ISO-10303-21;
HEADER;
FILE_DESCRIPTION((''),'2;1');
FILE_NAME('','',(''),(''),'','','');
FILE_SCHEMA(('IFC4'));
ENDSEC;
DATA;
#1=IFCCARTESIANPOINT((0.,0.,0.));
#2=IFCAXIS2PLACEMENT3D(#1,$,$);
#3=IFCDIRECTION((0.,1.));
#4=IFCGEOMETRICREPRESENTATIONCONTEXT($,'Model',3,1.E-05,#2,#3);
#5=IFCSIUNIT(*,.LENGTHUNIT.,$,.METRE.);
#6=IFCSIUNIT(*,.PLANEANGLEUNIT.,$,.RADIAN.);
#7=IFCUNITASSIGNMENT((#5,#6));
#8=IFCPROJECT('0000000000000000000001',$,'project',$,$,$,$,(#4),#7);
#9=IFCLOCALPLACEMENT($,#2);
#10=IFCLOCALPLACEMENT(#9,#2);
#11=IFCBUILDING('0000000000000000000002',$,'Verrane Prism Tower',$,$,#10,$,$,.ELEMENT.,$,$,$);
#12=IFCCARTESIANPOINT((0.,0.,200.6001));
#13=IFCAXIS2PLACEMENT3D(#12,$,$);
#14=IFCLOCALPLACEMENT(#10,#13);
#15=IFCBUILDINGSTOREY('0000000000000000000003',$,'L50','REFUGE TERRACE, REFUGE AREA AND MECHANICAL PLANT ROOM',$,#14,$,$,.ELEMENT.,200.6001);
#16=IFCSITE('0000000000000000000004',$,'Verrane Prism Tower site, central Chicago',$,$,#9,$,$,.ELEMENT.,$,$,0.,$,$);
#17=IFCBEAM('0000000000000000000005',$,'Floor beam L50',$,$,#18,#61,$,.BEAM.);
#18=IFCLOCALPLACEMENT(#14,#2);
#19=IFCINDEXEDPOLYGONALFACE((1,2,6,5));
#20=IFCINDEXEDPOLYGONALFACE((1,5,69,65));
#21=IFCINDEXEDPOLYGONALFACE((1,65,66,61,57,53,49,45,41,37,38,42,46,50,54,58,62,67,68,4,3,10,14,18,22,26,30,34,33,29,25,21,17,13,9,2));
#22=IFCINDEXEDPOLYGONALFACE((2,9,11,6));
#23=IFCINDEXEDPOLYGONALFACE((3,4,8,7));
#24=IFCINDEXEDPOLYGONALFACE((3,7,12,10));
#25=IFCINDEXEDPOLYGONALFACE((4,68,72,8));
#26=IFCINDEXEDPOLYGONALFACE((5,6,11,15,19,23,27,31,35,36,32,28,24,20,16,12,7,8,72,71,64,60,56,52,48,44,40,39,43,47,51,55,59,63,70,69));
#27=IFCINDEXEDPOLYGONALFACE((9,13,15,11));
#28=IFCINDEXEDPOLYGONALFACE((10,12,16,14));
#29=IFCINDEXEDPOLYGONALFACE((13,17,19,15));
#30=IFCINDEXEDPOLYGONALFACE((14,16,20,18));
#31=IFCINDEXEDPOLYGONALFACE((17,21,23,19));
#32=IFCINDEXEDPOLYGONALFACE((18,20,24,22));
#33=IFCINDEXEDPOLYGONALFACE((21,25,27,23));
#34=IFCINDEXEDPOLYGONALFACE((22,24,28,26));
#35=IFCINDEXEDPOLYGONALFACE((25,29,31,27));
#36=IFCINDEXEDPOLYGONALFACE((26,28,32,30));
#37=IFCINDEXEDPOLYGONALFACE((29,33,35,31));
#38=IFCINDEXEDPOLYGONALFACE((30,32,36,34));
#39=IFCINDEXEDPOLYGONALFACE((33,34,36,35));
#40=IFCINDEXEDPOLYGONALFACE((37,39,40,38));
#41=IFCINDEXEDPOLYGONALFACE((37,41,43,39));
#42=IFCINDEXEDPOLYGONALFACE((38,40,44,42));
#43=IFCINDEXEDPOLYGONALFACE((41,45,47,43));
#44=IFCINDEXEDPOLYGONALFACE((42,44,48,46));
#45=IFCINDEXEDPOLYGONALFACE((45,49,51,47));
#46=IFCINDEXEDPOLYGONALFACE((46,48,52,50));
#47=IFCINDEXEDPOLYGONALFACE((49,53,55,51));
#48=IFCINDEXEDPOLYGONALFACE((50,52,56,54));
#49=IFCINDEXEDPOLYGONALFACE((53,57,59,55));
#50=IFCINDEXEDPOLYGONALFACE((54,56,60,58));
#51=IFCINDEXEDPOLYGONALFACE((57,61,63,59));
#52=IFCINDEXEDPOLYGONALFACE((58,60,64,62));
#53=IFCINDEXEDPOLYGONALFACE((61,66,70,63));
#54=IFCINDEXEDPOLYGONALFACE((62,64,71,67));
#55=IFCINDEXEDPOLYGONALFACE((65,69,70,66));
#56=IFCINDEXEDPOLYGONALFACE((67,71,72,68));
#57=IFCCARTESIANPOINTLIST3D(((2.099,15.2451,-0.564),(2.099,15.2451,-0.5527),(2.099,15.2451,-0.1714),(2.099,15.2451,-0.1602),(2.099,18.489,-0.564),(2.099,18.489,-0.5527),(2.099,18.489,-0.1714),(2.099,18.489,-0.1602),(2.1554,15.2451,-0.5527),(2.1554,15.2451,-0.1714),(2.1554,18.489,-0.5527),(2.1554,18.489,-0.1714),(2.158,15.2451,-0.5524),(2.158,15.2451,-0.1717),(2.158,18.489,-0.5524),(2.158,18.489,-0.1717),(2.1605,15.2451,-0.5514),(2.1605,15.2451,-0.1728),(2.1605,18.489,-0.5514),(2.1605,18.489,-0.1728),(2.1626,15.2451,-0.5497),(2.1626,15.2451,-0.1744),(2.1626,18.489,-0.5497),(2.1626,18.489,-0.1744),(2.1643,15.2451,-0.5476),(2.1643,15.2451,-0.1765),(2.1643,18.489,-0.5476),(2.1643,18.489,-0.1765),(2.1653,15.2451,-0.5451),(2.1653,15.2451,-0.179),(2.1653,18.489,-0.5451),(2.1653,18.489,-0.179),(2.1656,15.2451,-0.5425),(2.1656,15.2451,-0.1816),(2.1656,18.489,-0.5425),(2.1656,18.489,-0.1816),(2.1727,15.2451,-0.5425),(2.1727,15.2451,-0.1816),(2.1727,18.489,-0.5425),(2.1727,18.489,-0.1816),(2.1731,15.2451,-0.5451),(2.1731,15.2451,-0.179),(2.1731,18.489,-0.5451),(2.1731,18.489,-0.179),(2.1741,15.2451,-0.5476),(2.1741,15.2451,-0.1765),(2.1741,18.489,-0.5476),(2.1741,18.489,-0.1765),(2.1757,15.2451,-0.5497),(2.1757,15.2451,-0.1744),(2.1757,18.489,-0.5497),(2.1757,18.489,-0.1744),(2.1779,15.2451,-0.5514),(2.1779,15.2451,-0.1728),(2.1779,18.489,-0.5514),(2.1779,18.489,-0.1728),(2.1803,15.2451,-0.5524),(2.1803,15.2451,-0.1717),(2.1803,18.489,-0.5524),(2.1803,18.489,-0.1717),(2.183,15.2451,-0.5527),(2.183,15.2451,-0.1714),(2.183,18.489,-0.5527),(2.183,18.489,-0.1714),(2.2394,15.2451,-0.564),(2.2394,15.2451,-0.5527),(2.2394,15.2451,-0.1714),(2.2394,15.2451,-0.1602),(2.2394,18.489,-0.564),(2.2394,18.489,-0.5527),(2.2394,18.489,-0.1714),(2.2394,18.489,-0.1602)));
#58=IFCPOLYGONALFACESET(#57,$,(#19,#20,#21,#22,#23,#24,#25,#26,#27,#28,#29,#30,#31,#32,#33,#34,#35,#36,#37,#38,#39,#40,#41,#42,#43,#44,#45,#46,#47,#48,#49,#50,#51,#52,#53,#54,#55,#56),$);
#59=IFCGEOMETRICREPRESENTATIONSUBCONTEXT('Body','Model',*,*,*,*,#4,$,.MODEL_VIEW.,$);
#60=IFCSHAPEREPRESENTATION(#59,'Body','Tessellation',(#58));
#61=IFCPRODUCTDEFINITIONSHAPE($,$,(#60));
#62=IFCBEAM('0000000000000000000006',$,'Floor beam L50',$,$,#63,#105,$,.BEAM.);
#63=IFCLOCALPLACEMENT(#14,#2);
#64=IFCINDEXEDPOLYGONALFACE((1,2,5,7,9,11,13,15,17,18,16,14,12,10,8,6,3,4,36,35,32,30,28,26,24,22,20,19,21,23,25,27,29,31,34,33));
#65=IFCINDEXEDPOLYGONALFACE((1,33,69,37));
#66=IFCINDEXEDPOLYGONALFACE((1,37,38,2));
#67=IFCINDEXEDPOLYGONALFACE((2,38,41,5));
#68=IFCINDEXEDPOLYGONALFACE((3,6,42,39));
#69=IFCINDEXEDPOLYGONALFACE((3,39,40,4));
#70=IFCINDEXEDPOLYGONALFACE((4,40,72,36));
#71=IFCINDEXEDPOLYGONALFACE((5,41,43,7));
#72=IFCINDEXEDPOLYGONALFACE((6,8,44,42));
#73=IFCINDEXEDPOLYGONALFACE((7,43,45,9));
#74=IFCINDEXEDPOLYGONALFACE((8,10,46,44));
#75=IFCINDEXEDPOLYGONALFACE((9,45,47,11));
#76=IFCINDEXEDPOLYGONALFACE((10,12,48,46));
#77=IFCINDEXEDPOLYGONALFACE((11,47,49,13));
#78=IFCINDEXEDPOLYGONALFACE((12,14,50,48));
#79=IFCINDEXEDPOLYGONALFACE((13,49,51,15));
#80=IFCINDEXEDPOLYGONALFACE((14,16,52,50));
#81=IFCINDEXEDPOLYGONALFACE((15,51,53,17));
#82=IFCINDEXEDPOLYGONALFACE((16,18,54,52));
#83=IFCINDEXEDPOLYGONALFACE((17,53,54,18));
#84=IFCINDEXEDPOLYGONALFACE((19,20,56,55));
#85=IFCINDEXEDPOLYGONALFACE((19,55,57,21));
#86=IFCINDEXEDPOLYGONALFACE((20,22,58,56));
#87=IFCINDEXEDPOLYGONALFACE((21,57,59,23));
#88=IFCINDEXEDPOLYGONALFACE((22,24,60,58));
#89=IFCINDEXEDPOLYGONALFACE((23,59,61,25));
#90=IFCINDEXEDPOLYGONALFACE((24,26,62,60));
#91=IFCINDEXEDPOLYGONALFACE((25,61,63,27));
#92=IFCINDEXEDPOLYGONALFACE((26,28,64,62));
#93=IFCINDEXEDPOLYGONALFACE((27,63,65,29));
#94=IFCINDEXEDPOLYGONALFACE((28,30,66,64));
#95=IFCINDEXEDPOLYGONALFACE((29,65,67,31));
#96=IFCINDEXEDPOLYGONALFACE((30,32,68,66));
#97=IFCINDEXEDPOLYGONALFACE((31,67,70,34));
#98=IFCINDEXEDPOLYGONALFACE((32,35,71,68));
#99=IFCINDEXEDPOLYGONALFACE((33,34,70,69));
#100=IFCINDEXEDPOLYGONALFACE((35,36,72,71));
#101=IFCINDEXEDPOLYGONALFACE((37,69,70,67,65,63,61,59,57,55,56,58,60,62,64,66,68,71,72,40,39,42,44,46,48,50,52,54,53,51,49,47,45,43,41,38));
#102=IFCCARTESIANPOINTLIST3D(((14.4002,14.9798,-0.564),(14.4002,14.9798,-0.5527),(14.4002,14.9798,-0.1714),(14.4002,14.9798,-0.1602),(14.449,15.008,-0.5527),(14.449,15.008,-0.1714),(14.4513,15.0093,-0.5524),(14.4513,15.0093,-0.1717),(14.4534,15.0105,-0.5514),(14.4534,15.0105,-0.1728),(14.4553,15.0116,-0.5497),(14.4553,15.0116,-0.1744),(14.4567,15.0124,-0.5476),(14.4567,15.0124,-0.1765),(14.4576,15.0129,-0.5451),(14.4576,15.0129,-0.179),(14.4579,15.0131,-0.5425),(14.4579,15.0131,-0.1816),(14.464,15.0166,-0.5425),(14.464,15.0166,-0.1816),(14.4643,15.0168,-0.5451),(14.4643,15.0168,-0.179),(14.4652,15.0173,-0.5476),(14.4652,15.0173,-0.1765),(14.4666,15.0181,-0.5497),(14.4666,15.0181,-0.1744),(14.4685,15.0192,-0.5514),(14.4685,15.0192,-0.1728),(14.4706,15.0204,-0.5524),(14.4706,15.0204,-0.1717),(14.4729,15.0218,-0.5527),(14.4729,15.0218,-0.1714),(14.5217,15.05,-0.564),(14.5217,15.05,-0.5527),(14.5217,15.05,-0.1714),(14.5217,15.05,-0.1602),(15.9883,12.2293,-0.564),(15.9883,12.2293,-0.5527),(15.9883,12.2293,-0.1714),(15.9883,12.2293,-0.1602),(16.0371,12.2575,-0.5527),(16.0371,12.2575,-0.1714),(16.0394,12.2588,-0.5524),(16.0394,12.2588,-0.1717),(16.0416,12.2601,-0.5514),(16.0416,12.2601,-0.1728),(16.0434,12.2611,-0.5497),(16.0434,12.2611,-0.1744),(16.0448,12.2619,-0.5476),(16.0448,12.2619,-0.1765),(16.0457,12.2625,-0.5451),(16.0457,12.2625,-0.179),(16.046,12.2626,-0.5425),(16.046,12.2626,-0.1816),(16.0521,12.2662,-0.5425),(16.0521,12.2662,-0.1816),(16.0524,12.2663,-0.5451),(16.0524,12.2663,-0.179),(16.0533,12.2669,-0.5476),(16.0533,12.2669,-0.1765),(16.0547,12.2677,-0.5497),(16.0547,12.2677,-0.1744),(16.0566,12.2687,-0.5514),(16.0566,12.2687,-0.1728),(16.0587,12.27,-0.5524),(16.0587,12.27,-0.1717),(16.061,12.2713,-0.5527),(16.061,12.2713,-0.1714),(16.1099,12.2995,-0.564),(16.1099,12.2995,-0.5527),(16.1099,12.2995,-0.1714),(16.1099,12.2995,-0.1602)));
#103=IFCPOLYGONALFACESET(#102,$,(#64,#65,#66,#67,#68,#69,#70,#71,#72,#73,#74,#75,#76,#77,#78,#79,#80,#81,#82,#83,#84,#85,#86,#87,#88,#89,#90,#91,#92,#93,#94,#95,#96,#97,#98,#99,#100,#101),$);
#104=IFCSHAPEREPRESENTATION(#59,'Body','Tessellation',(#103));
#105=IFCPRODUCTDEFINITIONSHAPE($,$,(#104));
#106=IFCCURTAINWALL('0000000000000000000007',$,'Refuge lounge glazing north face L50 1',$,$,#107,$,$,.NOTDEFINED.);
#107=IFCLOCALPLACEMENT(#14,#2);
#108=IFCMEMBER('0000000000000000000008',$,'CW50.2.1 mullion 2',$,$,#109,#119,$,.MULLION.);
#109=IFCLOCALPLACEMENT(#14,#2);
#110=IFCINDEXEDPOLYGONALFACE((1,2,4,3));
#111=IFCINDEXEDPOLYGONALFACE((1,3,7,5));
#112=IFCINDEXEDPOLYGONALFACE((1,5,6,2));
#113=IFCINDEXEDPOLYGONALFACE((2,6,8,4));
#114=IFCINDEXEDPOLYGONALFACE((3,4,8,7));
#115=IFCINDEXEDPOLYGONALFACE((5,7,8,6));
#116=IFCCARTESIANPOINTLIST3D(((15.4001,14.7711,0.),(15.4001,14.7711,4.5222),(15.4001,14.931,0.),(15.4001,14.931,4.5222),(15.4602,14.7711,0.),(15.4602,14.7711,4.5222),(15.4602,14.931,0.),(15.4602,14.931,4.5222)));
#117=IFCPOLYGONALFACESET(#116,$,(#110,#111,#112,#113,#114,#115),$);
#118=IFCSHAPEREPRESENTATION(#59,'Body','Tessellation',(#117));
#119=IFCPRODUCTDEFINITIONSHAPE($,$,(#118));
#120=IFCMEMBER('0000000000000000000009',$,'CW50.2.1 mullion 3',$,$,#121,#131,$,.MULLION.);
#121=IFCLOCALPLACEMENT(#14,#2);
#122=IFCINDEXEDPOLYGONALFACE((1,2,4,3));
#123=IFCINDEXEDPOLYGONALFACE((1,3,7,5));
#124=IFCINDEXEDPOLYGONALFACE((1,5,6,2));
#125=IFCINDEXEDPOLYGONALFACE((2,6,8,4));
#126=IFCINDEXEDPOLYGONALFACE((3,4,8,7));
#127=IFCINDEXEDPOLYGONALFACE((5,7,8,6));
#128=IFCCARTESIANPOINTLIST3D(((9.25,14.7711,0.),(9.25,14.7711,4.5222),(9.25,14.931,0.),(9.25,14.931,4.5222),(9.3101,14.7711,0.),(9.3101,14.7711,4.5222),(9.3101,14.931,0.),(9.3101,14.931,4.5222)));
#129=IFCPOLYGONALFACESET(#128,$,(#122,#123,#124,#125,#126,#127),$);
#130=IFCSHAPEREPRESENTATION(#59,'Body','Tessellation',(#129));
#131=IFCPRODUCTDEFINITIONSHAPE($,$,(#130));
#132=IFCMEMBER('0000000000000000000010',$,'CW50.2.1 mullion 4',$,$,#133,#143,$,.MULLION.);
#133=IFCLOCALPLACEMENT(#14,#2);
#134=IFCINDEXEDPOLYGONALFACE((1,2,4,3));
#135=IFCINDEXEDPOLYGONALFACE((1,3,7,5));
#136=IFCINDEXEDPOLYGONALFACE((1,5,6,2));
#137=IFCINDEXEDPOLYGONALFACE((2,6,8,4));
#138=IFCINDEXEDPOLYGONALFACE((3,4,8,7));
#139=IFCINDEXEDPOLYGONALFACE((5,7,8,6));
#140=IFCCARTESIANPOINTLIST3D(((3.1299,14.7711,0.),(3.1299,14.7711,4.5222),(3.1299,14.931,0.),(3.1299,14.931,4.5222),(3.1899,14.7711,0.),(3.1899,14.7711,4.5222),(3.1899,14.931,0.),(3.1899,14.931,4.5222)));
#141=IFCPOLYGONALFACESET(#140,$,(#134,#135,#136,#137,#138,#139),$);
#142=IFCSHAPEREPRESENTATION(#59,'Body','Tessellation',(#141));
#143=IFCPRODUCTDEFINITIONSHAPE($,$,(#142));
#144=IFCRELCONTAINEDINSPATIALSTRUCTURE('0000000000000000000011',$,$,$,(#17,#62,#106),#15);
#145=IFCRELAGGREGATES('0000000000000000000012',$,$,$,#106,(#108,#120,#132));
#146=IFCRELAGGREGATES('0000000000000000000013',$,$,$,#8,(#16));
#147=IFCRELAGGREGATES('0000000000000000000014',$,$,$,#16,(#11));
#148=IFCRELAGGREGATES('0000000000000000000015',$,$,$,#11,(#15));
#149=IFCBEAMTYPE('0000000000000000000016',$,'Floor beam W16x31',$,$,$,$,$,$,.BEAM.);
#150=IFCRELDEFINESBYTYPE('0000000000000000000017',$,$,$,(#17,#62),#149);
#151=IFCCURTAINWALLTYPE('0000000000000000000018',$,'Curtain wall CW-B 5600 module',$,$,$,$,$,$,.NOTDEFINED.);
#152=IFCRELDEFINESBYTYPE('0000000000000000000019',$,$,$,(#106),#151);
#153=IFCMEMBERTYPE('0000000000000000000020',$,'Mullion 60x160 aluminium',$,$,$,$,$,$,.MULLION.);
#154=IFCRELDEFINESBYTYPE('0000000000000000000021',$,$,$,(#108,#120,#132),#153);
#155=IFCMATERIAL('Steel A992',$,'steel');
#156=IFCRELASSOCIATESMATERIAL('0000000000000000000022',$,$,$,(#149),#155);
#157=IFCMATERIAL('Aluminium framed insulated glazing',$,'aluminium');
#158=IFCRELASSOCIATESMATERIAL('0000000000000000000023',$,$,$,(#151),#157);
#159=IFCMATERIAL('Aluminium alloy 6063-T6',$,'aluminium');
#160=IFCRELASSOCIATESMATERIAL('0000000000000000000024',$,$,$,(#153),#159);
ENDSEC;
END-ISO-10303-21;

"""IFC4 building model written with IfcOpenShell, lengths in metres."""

from ifc_helpers import new_model, si_unit, direction, frame, origin, origin_2d, place, context, subcontext, project, spatial, rectangle, i_section, extrude, material, material_profile, profile_set, type_object, element, aggregate, save


model = new_model("IFC4")

# Units and contexts
model_context = context("Model", 3, precision=1e-05, world=origin(), true_north=direction((0.0, 1.0)))
body_context = subcontext(model_context, "Body", "Model", "MODEL_VIEW")
ifc_project = project(units=[si_unit("LENGTHUNIT", "METRE"), si_unit("PLANEANGLEUNIT", "RADIAN")], contexts=[model_context])

# Site, building, storey
site_placement = place(None, origin())
site = spatial("IfcSite", under=ifc_project, at=site_placement, Name="Verrane Prism Tower site, central Chicago", CompositionType="ELEMENT", RefElevation=0.0)
building_placement = place(site_placement, origin())
building = spatial("IfcBuilding", under=site, at=building_placement, Name="Verrane Prism Tower", CompositionType="ELEMENT")
storey_placement = place(building_placement, frame((0.0, 0.0, 200.6001)))
storey = spatial("IfcBuildingStorey", under=building, at=storey_placement, Name="L50", Description="REFUGE TERRACE, REFUGE AREA AND MECHANICAL PLANT ROOM", CompositionType="ELEMENT", Elevation=200.6001)

# Beams
ifc_material_1 = material(Name="Steel A992", Category="steel")
ifc_material_profile_1 = material_profile(ifc_material_1, i_section(OverallWidth=0.1404, OverallDepth=0.4038, WebThickness=0.0071, FlangeThickness=0.0112, FilletRadius=0.0103, at=origin_2d()), Name="W16x31")
ifc_profile_set_1 = profile_set([ifc_material_profile_1], Name="Steel A992")
beam_type_1 = type_object("IfcBeamType", Name="Floor beam W16x31", PredefinedType="BEAM", material=ifc_profile_set_1)
for number, where, z_axis, x_axis, name in (
    (1, (2.1692, 15.2451, -0.3621), (0.0, 1.0, 0.0), (-1.0, 0.0, 0.0), "Floor beam L50"),
):
    element("IfcBeam", number, at=place(storey_placement, frame(where, z_axis=z_axis, x_axis=x_axis)), inside=storey, type_object=beam_type_1, Name=name, PredefinedType="BEAM", context=body_context, shape_type="SweptSolid", body=[
        extrude(i_section(OverallWidth=0.1404, OverallDepth=0.4038, WebThickness=0.0071, FlangeThickness=0.0112, FilletRadius=0.0103, at=origin_2d()), origin(), (0.0, 0.0, 1.0), 3.2439),
    ])
beam_1_placement = place(storey_placement, frame((16.0491, 12.2644, -0.3621), z_axis=(-0.500033, 0.866006, 0.0), x_axis=(-0.866006, -0.500033, 0.0)))
element("IfcBeam", 2, at=beam_1_placement, inside=storey, type_object=beam_type_1, Name="Floor beam L50", PredefinedType="BEAM", context=body_context, shape_type="SweptSolid", body=[
    extrude(i_section(OverallWidth=0.1404, OverallDepth=0.4038, WebThickness=0.0071, FlangeThickness=0.0112, FilletRadius=0.0103, at=origin_2d()), origin(), (0.0, 0.0, 1.0), 3.176),
])

# Curtain wall, members
ifc_material_2 = material(Name="Aluminium framed insulated glazing", Category="aluminium")
curtain_wall_type = type_object("IfcCurtainWallType", Name="Curtain wall CW-B 5600 module", PredefinedType="NOTDEFINED", material=ifc_material_2)
curtain_wall_placement = place(storey_placement, origin())
curtain_wall = element("IfcCurtainWall", 3, at=curtain_wall_placement, inside=storey, type_object=curtain_wall_type, Name="Refuge lounge glazing north face L50 1", PredefinedType="NOTDEFINED")
ifc_material_3 = material(Name="Aluminium alloy 6063-T6", Category="aluminium")
ifc_material_profile_2 = material_profile(ifc_material_3, rectangle(XDim=0.1599, YDim=0.0601, at=origin_2d()), Name="Mullion 60x160 aluminium")
ifc_profile_set_2 = profile_set([ifc_material_profile_2], Name="Aluminium alloy 6063-T6")
member_type_1 = type_object("IfcMemberType", Name="Mullion 60x160 aluminium", PredefinedType="MULLION", material=ifc_profile_set_2)
member_1_placement = place(storey_placement, frame((15.4302, 14.8511, 0.0), z_axis=(0.0, 0.0, 1.0), x_axis=(0.0, -1.0, 0.0)))
member_1 = element("IfcMember", 4, at=member_1_placement, type_object=member_type_1, Name="CW50.2.1 mullion 2", PredefinedType="MULLION", context=body_context, shape_type="SweptSolid", body=[
    extrude(rectangle(XDim=0.1599, YDim=0.0601, at=origin_2d()), origin(), (0.0, 0.0, 1.0), 4.5222),
])
member_2_placement = place(storey_placement, frame((9.28, 14.8511, 0.0), z_axis=(0.0, 0.0, 1.0), x_axis=(0.0, -1.0, 0.0)))
member_2 = element("IfcMember", 5, at=member_2_placement, type_object=member_type_1, Name="CW50.2.1 mullion 3", PredefinedType="MULLION", context=body_context, shape_type="SweptSolid", body=[
    extrude(rectangle(XDim=0.1599, YDim=0.0601, at=origin_2d()), origin(), (0.0, 0.0, 1.0), 4.5222),
])
member_3_placement = place(storey_placement, frame((3.1599, 14.8511, 0.0), z_axis=(0.0, 0.0, 1.0), x_axis=(0.0, -1.0, 0.0)))
member_3 = element("IfcMember", 6, at=member_3_placement, type_object=member_type_1, Name="CW50.2.1 mullion 4", PredefinedType="MULLION", context=body_context, shape_type="SweptSolid", body=[
    extrude(rectangle(XDim=0.1599, YDim=0.0601, at=origin_2d()), origin(), (0.0, 0.0, 1.0), 4.5222),
])

aggregate(curtain_wall, [member_1, member_2, member_3])

save(model, "model.ifc")
